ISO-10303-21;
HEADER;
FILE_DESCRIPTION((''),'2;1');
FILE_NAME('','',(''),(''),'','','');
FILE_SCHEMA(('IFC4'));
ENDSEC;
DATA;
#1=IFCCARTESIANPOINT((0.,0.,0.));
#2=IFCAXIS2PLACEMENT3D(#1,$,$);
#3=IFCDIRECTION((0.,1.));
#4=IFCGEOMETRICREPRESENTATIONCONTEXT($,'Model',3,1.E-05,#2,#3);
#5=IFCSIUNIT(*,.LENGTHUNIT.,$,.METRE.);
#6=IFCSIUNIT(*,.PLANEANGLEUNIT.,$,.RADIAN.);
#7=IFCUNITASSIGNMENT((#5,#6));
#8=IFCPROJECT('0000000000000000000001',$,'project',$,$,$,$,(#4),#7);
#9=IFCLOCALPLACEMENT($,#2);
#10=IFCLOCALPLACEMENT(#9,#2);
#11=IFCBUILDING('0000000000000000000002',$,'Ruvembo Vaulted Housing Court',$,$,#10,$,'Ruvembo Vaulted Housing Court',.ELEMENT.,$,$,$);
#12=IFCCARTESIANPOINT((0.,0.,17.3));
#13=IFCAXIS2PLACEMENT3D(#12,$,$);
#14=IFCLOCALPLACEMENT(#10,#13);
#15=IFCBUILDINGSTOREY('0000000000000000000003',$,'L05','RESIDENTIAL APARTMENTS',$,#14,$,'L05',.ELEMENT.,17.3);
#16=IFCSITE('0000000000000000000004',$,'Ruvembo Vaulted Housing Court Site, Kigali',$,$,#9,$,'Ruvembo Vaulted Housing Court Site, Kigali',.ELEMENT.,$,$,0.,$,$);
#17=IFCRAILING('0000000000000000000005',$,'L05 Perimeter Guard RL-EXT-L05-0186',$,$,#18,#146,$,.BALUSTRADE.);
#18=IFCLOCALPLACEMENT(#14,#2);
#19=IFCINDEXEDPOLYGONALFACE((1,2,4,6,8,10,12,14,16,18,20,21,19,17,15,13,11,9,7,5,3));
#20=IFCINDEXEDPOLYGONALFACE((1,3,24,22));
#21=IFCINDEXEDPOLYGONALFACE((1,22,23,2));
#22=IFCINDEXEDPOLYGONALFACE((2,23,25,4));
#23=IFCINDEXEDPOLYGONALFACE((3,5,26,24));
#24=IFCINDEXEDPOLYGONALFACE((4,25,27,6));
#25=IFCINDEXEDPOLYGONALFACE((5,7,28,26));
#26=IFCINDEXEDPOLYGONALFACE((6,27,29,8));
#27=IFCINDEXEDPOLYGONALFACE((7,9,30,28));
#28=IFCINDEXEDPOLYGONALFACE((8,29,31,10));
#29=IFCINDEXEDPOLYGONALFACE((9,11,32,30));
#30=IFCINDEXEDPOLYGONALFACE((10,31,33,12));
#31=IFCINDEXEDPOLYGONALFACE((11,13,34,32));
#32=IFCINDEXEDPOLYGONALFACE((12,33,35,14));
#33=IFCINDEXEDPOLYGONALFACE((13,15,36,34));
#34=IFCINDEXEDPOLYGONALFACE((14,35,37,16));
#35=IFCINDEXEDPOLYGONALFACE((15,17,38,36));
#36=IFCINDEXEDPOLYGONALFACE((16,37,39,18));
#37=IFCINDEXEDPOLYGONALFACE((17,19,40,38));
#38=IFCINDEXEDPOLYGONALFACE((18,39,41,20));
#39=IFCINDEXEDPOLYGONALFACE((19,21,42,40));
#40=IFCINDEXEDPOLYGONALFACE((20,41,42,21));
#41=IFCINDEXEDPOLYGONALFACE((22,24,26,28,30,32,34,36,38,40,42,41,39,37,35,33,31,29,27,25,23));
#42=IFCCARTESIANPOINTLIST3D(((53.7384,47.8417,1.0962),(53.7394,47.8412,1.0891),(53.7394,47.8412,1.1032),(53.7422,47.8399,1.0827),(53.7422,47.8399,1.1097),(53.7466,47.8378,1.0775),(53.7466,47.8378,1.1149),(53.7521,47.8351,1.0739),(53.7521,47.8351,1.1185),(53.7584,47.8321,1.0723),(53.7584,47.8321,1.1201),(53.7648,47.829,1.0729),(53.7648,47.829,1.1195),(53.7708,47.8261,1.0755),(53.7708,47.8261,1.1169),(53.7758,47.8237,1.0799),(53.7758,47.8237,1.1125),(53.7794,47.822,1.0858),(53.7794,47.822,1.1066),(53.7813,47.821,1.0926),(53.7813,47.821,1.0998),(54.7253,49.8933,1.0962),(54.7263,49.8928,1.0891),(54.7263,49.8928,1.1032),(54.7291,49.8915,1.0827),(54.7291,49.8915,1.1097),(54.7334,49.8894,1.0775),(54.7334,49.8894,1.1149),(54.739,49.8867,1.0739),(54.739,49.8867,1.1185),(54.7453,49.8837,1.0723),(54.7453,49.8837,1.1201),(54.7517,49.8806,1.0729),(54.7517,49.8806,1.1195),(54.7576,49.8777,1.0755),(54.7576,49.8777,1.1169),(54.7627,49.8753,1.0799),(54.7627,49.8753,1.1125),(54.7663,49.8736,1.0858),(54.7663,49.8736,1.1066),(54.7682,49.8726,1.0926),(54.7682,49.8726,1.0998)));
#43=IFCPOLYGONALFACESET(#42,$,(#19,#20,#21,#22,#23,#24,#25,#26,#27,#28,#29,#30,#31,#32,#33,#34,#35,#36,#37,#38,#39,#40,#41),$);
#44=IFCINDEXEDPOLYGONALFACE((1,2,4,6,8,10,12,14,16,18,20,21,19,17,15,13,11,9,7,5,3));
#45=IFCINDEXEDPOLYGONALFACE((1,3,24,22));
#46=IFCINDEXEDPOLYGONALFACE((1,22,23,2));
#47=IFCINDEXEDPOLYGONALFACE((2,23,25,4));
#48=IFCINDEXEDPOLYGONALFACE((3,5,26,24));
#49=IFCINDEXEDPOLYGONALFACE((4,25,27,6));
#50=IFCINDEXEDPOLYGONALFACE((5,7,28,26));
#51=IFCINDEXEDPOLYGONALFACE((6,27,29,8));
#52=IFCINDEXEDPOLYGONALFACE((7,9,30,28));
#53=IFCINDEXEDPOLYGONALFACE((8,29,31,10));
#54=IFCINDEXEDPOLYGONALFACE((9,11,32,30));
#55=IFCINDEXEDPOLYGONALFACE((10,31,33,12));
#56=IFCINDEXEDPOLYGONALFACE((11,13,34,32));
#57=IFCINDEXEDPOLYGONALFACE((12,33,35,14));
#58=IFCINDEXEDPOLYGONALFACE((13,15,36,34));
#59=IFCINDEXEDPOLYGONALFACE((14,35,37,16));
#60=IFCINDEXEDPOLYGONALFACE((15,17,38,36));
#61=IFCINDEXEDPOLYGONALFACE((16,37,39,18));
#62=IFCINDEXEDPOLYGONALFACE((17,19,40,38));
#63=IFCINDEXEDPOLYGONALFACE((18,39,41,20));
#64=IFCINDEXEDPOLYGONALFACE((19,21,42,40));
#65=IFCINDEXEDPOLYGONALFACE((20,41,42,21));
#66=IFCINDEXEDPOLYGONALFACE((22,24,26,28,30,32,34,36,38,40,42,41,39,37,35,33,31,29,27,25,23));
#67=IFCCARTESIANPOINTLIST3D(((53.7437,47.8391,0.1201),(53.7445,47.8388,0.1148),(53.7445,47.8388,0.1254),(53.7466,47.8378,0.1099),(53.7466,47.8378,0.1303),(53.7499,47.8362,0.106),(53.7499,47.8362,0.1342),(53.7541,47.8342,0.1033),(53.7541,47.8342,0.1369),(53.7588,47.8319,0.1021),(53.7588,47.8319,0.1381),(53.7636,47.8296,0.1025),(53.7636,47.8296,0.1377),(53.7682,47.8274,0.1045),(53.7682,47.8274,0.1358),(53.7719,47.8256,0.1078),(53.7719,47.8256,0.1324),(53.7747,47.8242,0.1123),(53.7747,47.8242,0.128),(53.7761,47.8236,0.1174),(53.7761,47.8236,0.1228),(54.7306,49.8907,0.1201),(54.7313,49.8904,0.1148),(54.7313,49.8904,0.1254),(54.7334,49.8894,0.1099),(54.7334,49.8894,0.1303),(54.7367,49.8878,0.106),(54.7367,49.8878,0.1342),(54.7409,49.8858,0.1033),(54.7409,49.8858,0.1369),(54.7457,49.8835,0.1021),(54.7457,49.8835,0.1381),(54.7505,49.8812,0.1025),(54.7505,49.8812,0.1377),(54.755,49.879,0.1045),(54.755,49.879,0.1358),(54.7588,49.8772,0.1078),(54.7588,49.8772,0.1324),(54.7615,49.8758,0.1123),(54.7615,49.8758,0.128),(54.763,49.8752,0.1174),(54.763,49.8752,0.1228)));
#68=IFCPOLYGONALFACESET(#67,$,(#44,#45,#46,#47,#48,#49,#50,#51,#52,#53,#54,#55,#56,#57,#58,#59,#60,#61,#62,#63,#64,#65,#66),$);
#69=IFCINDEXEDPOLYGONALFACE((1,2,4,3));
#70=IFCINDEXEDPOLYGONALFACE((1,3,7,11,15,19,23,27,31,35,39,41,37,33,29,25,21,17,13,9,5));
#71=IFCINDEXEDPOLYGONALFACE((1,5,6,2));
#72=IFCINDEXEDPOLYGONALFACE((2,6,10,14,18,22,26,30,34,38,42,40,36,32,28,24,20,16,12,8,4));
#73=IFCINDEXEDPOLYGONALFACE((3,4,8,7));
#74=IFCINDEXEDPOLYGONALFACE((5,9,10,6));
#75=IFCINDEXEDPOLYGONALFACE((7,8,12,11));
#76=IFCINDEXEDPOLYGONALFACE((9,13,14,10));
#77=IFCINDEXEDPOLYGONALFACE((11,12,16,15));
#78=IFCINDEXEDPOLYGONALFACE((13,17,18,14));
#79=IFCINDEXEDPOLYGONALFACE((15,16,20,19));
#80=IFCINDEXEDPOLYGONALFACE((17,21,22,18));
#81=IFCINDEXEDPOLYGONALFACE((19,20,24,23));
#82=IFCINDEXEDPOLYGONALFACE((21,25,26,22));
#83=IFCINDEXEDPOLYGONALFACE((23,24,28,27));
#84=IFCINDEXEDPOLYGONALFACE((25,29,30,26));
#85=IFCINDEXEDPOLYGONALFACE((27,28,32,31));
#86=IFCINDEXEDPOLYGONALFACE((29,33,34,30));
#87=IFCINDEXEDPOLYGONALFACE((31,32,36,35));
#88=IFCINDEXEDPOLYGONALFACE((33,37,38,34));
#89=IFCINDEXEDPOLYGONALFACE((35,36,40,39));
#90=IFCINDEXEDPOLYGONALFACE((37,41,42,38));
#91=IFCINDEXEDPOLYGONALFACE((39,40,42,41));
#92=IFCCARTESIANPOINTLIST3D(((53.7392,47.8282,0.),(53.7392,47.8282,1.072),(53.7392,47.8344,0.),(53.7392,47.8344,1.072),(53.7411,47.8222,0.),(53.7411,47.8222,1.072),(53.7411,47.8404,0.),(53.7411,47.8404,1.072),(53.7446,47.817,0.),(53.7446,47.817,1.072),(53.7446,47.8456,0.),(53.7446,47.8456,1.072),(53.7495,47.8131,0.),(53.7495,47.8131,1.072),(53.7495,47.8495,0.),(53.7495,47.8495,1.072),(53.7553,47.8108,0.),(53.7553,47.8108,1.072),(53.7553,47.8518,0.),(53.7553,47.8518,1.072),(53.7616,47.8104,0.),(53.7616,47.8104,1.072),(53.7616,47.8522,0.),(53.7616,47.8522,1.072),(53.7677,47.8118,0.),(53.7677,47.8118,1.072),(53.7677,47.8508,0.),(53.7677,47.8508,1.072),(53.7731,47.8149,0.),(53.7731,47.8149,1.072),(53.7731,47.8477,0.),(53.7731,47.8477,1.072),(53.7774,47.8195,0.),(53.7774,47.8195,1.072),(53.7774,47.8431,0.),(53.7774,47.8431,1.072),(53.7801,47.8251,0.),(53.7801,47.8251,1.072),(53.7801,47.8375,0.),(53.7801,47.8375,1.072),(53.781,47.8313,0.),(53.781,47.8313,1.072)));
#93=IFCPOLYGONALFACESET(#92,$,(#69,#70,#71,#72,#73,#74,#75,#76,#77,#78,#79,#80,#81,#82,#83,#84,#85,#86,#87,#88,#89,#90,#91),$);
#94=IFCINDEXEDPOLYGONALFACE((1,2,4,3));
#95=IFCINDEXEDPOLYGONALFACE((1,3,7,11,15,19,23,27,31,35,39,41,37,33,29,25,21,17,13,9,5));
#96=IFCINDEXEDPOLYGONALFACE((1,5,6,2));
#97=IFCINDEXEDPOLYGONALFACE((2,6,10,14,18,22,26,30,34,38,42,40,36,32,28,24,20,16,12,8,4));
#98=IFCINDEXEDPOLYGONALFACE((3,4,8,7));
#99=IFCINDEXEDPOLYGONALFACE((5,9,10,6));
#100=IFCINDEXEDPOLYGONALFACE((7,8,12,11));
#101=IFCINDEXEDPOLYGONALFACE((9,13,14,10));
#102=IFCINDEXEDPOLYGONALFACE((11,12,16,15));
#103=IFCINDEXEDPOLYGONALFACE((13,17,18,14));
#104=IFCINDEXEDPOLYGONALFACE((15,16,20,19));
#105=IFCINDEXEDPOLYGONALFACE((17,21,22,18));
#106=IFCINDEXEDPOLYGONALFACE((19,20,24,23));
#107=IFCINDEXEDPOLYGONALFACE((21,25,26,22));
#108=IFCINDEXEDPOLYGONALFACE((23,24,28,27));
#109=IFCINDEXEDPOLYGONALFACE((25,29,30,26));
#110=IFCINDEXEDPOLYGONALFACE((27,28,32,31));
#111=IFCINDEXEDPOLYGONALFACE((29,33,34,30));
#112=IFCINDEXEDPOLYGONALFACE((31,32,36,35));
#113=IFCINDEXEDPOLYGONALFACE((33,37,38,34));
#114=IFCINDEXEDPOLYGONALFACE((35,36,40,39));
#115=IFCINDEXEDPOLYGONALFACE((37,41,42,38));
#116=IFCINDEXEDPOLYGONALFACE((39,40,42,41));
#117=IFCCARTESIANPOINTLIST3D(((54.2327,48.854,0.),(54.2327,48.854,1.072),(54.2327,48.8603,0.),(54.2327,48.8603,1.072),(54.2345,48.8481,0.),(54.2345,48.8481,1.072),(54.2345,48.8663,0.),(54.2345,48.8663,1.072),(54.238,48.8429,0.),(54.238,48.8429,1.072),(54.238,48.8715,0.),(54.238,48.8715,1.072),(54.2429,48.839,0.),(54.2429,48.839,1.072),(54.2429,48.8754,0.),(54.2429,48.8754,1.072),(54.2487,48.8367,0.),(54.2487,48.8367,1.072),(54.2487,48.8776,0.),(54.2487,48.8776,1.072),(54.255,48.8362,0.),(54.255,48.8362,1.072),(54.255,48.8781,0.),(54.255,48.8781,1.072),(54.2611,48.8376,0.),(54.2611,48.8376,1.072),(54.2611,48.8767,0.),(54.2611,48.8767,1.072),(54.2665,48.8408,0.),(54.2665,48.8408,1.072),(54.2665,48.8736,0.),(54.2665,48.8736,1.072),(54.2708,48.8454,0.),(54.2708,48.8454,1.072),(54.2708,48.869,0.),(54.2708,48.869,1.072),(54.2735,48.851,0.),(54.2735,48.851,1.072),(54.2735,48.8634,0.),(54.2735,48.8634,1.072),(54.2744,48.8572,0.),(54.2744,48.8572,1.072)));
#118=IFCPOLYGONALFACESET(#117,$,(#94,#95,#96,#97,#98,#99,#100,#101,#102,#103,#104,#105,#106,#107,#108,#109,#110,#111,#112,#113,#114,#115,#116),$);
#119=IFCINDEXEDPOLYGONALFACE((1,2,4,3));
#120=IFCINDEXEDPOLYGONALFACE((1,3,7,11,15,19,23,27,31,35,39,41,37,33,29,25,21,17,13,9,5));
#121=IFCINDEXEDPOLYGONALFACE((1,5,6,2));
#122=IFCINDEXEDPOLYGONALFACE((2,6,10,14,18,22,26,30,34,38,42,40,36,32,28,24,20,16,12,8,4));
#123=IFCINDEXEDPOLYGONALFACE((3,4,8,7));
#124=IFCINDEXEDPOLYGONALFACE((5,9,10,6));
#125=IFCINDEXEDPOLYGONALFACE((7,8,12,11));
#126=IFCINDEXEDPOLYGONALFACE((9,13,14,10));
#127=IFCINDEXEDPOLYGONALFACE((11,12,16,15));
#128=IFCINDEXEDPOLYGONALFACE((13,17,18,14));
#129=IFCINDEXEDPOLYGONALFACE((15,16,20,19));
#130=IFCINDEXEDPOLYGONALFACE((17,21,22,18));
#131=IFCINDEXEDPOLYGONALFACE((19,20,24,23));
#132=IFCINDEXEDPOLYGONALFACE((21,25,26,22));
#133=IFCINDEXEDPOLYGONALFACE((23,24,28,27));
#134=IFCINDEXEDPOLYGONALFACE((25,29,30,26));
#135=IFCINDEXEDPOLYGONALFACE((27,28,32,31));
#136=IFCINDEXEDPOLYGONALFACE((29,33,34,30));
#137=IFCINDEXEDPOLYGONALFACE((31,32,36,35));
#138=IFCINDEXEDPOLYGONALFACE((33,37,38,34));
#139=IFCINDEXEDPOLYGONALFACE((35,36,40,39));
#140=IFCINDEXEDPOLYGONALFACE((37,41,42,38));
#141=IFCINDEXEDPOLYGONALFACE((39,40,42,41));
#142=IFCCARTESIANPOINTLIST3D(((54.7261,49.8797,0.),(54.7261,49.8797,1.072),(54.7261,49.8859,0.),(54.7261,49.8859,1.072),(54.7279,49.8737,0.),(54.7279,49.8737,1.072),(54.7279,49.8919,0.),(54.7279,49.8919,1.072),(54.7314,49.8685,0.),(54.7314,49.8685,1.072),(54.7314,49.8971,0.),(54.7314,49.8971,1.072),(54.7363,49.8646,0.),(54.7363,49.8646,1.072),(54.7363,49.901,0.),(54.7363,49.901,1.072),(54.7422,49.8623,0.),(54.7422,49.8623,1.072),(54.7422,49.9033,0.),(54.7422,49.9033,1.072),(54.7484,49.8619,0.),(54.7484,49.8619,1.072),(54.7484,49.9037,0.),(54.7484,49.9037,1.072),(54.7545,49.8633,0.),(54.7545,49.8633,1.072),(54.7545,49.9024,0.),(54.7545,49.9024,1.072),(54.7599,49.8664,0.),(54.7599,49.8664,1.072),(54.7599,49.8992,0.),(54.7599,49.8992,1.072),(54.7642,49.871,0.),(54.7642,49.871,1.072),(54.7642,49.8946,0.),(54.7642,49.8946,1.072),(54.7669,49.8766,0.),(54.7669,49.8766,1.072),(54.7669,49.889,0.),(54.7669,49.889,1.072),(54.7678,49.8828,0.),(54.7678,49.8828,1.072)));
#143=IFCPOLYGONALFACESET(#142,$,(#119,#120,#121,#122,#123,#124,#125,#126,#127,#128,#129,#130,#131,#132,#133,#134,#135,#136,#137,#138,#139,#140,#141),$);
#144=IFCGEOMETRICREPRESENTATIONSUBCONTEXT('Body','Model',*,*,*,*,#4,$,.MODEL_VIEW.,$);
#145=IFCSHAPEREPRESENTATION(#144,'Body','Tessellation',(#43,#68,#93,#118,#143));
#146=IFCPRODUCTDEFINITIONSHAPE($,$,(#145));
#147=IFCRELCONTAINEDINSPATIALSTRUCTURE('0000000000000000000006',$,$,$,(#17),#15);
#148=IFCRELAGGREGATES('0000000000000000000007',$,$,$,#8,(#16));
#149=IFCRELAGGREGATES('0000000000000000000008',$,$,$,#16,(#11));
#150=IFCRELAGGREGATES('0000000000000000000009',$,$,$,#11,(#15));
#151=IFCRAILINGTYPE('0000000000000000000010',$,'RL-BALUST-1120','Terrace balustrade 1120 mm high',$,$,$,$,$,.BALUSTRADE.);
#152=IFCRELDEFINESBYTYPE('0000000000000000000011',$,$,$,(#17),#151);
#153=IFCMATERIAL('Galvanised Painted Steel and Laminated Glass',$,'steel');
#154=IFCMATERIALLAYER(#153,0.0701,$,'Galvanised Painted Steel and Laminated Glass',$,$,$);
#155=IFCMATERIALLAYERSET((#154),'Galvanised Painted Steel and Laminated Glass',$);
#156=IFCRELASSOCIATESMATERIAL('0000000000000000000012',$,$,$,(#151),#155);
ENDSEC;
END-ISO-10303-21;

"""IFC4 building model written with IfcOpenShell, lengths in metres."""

from ifc_helpers import new_model, si_unit, direction, frame, origin, origin_2d, place, context, subcontext, project, spatial, circle, extrude, material, layer, layer_set, type_object, element, save


model = new_model("IFC4")

# Units and contexts
model_context = context("Model", 3, precision=1e-05, world=origin(), true_north=direction((0.0, 1.0)))
body_context = subcontext(model_context, "Body", "Model", "MODEL_VIEW")
ifc_project = project(units=[si_unit("LENGTHUNIT", "METRE"), si_unit("PLANEANGLEUNIT", "RADIAN")], contexts=[model_context])

# Site, building, storey
site_placement = place(None, origin())
site = spatial("IfcSite", under=ifc_project, at=site_placement, Name="Ruvembo Vaulted Housing Court Site, Kigali", LongName="Ruvembo Vaulted Housing Court Site, Kigali", CompositionType="ELEMENT", RefElevation=0.0)
building_placement = place(site_placement, origin())
building = spatial("IfcBuilding", under=site, at=building_placement, Name="Ruvembo Vaulted Housing Court", LongName="Ruvembo Vaulted Housing Court", CompositionType="ELEMENT")
storey_placement = place(building_placement, frame((0.0, 0.0, 17.3)))
storey = spatial("IfcBuildingStorey", under=building, at=storey_placement, Name="L05", Description="RESIDENTIAL APARTMENTS", LongName="L05", CompositionType="ELEMENT", Elevation=17.3)

# Railing
ifc_material_1 = material(Name="Galvanised Painted Steel and Laminated Glass", Category="steel")
ifc_layer_1 = layer(ifc_material_1, 0.0701, Name="Galvanised Painted Steel and Laminated Glass")
ifc_layer_set_1 = layer_set([ifc_layer_1], Name="Galvanised Painted Steel and Laminated Glass")
railing_type = type_object("IfcRailingType", Name="RL-BALUST-1120", Description="Terrace balustrade 1120 mm high", PredefinedType="BALUSTRADE", material=ifc_layer_set_1)
railing_1_placement = place(storey_placement, frame((53.76, 47.8313, 0.0)))
element("IfcRailing", 1, at=railing_1_placement, inside=storey, type_object=railing_type, Name="L05 Perimeter Guard RL-EXT-L05-0186", PredefinedType="BALUSTRADE", context=body_context, shape_type="SweptSolid", body=[
    extrude(circle(Radius=0.0239, at=origin_2d()), frame((0.0, 0.0, 1.0962), z_axis=(0.433477, 0.901165, 0.0), x_axis=(-0.901165, 0.433477, 0.0)), (0.0, 0.0, 1.0), 2.2766),
    extrude(circle(Radius=0.0181, at=origin_2d()), frame((0.0, 0.0, 0.1201), z_axis=(0.433477, 0.901165, 0.0), x_axis=(-0.901165, 0.433477, 0.0)), (0.0, 0.0, 1.0), 2.2766),
    extrude(circle(Radius=0.021, at=origin_2d()), origin(), (0.0, 0.0, 1.0), 1.072),
    extrude(circle(Radius=0.021, at=origin_2d()), frame((0.4934, 1.0259, 0.0)), (0.0, 0.0, 1.0), 1.072),
    extrude(circle(Radius=0.021, at=origin_2d()), frame((0.9868, 2.0515, 0.0)), (0.0, 0.0, 1.0), 1.072),
])

save(model, "model.ifc")
